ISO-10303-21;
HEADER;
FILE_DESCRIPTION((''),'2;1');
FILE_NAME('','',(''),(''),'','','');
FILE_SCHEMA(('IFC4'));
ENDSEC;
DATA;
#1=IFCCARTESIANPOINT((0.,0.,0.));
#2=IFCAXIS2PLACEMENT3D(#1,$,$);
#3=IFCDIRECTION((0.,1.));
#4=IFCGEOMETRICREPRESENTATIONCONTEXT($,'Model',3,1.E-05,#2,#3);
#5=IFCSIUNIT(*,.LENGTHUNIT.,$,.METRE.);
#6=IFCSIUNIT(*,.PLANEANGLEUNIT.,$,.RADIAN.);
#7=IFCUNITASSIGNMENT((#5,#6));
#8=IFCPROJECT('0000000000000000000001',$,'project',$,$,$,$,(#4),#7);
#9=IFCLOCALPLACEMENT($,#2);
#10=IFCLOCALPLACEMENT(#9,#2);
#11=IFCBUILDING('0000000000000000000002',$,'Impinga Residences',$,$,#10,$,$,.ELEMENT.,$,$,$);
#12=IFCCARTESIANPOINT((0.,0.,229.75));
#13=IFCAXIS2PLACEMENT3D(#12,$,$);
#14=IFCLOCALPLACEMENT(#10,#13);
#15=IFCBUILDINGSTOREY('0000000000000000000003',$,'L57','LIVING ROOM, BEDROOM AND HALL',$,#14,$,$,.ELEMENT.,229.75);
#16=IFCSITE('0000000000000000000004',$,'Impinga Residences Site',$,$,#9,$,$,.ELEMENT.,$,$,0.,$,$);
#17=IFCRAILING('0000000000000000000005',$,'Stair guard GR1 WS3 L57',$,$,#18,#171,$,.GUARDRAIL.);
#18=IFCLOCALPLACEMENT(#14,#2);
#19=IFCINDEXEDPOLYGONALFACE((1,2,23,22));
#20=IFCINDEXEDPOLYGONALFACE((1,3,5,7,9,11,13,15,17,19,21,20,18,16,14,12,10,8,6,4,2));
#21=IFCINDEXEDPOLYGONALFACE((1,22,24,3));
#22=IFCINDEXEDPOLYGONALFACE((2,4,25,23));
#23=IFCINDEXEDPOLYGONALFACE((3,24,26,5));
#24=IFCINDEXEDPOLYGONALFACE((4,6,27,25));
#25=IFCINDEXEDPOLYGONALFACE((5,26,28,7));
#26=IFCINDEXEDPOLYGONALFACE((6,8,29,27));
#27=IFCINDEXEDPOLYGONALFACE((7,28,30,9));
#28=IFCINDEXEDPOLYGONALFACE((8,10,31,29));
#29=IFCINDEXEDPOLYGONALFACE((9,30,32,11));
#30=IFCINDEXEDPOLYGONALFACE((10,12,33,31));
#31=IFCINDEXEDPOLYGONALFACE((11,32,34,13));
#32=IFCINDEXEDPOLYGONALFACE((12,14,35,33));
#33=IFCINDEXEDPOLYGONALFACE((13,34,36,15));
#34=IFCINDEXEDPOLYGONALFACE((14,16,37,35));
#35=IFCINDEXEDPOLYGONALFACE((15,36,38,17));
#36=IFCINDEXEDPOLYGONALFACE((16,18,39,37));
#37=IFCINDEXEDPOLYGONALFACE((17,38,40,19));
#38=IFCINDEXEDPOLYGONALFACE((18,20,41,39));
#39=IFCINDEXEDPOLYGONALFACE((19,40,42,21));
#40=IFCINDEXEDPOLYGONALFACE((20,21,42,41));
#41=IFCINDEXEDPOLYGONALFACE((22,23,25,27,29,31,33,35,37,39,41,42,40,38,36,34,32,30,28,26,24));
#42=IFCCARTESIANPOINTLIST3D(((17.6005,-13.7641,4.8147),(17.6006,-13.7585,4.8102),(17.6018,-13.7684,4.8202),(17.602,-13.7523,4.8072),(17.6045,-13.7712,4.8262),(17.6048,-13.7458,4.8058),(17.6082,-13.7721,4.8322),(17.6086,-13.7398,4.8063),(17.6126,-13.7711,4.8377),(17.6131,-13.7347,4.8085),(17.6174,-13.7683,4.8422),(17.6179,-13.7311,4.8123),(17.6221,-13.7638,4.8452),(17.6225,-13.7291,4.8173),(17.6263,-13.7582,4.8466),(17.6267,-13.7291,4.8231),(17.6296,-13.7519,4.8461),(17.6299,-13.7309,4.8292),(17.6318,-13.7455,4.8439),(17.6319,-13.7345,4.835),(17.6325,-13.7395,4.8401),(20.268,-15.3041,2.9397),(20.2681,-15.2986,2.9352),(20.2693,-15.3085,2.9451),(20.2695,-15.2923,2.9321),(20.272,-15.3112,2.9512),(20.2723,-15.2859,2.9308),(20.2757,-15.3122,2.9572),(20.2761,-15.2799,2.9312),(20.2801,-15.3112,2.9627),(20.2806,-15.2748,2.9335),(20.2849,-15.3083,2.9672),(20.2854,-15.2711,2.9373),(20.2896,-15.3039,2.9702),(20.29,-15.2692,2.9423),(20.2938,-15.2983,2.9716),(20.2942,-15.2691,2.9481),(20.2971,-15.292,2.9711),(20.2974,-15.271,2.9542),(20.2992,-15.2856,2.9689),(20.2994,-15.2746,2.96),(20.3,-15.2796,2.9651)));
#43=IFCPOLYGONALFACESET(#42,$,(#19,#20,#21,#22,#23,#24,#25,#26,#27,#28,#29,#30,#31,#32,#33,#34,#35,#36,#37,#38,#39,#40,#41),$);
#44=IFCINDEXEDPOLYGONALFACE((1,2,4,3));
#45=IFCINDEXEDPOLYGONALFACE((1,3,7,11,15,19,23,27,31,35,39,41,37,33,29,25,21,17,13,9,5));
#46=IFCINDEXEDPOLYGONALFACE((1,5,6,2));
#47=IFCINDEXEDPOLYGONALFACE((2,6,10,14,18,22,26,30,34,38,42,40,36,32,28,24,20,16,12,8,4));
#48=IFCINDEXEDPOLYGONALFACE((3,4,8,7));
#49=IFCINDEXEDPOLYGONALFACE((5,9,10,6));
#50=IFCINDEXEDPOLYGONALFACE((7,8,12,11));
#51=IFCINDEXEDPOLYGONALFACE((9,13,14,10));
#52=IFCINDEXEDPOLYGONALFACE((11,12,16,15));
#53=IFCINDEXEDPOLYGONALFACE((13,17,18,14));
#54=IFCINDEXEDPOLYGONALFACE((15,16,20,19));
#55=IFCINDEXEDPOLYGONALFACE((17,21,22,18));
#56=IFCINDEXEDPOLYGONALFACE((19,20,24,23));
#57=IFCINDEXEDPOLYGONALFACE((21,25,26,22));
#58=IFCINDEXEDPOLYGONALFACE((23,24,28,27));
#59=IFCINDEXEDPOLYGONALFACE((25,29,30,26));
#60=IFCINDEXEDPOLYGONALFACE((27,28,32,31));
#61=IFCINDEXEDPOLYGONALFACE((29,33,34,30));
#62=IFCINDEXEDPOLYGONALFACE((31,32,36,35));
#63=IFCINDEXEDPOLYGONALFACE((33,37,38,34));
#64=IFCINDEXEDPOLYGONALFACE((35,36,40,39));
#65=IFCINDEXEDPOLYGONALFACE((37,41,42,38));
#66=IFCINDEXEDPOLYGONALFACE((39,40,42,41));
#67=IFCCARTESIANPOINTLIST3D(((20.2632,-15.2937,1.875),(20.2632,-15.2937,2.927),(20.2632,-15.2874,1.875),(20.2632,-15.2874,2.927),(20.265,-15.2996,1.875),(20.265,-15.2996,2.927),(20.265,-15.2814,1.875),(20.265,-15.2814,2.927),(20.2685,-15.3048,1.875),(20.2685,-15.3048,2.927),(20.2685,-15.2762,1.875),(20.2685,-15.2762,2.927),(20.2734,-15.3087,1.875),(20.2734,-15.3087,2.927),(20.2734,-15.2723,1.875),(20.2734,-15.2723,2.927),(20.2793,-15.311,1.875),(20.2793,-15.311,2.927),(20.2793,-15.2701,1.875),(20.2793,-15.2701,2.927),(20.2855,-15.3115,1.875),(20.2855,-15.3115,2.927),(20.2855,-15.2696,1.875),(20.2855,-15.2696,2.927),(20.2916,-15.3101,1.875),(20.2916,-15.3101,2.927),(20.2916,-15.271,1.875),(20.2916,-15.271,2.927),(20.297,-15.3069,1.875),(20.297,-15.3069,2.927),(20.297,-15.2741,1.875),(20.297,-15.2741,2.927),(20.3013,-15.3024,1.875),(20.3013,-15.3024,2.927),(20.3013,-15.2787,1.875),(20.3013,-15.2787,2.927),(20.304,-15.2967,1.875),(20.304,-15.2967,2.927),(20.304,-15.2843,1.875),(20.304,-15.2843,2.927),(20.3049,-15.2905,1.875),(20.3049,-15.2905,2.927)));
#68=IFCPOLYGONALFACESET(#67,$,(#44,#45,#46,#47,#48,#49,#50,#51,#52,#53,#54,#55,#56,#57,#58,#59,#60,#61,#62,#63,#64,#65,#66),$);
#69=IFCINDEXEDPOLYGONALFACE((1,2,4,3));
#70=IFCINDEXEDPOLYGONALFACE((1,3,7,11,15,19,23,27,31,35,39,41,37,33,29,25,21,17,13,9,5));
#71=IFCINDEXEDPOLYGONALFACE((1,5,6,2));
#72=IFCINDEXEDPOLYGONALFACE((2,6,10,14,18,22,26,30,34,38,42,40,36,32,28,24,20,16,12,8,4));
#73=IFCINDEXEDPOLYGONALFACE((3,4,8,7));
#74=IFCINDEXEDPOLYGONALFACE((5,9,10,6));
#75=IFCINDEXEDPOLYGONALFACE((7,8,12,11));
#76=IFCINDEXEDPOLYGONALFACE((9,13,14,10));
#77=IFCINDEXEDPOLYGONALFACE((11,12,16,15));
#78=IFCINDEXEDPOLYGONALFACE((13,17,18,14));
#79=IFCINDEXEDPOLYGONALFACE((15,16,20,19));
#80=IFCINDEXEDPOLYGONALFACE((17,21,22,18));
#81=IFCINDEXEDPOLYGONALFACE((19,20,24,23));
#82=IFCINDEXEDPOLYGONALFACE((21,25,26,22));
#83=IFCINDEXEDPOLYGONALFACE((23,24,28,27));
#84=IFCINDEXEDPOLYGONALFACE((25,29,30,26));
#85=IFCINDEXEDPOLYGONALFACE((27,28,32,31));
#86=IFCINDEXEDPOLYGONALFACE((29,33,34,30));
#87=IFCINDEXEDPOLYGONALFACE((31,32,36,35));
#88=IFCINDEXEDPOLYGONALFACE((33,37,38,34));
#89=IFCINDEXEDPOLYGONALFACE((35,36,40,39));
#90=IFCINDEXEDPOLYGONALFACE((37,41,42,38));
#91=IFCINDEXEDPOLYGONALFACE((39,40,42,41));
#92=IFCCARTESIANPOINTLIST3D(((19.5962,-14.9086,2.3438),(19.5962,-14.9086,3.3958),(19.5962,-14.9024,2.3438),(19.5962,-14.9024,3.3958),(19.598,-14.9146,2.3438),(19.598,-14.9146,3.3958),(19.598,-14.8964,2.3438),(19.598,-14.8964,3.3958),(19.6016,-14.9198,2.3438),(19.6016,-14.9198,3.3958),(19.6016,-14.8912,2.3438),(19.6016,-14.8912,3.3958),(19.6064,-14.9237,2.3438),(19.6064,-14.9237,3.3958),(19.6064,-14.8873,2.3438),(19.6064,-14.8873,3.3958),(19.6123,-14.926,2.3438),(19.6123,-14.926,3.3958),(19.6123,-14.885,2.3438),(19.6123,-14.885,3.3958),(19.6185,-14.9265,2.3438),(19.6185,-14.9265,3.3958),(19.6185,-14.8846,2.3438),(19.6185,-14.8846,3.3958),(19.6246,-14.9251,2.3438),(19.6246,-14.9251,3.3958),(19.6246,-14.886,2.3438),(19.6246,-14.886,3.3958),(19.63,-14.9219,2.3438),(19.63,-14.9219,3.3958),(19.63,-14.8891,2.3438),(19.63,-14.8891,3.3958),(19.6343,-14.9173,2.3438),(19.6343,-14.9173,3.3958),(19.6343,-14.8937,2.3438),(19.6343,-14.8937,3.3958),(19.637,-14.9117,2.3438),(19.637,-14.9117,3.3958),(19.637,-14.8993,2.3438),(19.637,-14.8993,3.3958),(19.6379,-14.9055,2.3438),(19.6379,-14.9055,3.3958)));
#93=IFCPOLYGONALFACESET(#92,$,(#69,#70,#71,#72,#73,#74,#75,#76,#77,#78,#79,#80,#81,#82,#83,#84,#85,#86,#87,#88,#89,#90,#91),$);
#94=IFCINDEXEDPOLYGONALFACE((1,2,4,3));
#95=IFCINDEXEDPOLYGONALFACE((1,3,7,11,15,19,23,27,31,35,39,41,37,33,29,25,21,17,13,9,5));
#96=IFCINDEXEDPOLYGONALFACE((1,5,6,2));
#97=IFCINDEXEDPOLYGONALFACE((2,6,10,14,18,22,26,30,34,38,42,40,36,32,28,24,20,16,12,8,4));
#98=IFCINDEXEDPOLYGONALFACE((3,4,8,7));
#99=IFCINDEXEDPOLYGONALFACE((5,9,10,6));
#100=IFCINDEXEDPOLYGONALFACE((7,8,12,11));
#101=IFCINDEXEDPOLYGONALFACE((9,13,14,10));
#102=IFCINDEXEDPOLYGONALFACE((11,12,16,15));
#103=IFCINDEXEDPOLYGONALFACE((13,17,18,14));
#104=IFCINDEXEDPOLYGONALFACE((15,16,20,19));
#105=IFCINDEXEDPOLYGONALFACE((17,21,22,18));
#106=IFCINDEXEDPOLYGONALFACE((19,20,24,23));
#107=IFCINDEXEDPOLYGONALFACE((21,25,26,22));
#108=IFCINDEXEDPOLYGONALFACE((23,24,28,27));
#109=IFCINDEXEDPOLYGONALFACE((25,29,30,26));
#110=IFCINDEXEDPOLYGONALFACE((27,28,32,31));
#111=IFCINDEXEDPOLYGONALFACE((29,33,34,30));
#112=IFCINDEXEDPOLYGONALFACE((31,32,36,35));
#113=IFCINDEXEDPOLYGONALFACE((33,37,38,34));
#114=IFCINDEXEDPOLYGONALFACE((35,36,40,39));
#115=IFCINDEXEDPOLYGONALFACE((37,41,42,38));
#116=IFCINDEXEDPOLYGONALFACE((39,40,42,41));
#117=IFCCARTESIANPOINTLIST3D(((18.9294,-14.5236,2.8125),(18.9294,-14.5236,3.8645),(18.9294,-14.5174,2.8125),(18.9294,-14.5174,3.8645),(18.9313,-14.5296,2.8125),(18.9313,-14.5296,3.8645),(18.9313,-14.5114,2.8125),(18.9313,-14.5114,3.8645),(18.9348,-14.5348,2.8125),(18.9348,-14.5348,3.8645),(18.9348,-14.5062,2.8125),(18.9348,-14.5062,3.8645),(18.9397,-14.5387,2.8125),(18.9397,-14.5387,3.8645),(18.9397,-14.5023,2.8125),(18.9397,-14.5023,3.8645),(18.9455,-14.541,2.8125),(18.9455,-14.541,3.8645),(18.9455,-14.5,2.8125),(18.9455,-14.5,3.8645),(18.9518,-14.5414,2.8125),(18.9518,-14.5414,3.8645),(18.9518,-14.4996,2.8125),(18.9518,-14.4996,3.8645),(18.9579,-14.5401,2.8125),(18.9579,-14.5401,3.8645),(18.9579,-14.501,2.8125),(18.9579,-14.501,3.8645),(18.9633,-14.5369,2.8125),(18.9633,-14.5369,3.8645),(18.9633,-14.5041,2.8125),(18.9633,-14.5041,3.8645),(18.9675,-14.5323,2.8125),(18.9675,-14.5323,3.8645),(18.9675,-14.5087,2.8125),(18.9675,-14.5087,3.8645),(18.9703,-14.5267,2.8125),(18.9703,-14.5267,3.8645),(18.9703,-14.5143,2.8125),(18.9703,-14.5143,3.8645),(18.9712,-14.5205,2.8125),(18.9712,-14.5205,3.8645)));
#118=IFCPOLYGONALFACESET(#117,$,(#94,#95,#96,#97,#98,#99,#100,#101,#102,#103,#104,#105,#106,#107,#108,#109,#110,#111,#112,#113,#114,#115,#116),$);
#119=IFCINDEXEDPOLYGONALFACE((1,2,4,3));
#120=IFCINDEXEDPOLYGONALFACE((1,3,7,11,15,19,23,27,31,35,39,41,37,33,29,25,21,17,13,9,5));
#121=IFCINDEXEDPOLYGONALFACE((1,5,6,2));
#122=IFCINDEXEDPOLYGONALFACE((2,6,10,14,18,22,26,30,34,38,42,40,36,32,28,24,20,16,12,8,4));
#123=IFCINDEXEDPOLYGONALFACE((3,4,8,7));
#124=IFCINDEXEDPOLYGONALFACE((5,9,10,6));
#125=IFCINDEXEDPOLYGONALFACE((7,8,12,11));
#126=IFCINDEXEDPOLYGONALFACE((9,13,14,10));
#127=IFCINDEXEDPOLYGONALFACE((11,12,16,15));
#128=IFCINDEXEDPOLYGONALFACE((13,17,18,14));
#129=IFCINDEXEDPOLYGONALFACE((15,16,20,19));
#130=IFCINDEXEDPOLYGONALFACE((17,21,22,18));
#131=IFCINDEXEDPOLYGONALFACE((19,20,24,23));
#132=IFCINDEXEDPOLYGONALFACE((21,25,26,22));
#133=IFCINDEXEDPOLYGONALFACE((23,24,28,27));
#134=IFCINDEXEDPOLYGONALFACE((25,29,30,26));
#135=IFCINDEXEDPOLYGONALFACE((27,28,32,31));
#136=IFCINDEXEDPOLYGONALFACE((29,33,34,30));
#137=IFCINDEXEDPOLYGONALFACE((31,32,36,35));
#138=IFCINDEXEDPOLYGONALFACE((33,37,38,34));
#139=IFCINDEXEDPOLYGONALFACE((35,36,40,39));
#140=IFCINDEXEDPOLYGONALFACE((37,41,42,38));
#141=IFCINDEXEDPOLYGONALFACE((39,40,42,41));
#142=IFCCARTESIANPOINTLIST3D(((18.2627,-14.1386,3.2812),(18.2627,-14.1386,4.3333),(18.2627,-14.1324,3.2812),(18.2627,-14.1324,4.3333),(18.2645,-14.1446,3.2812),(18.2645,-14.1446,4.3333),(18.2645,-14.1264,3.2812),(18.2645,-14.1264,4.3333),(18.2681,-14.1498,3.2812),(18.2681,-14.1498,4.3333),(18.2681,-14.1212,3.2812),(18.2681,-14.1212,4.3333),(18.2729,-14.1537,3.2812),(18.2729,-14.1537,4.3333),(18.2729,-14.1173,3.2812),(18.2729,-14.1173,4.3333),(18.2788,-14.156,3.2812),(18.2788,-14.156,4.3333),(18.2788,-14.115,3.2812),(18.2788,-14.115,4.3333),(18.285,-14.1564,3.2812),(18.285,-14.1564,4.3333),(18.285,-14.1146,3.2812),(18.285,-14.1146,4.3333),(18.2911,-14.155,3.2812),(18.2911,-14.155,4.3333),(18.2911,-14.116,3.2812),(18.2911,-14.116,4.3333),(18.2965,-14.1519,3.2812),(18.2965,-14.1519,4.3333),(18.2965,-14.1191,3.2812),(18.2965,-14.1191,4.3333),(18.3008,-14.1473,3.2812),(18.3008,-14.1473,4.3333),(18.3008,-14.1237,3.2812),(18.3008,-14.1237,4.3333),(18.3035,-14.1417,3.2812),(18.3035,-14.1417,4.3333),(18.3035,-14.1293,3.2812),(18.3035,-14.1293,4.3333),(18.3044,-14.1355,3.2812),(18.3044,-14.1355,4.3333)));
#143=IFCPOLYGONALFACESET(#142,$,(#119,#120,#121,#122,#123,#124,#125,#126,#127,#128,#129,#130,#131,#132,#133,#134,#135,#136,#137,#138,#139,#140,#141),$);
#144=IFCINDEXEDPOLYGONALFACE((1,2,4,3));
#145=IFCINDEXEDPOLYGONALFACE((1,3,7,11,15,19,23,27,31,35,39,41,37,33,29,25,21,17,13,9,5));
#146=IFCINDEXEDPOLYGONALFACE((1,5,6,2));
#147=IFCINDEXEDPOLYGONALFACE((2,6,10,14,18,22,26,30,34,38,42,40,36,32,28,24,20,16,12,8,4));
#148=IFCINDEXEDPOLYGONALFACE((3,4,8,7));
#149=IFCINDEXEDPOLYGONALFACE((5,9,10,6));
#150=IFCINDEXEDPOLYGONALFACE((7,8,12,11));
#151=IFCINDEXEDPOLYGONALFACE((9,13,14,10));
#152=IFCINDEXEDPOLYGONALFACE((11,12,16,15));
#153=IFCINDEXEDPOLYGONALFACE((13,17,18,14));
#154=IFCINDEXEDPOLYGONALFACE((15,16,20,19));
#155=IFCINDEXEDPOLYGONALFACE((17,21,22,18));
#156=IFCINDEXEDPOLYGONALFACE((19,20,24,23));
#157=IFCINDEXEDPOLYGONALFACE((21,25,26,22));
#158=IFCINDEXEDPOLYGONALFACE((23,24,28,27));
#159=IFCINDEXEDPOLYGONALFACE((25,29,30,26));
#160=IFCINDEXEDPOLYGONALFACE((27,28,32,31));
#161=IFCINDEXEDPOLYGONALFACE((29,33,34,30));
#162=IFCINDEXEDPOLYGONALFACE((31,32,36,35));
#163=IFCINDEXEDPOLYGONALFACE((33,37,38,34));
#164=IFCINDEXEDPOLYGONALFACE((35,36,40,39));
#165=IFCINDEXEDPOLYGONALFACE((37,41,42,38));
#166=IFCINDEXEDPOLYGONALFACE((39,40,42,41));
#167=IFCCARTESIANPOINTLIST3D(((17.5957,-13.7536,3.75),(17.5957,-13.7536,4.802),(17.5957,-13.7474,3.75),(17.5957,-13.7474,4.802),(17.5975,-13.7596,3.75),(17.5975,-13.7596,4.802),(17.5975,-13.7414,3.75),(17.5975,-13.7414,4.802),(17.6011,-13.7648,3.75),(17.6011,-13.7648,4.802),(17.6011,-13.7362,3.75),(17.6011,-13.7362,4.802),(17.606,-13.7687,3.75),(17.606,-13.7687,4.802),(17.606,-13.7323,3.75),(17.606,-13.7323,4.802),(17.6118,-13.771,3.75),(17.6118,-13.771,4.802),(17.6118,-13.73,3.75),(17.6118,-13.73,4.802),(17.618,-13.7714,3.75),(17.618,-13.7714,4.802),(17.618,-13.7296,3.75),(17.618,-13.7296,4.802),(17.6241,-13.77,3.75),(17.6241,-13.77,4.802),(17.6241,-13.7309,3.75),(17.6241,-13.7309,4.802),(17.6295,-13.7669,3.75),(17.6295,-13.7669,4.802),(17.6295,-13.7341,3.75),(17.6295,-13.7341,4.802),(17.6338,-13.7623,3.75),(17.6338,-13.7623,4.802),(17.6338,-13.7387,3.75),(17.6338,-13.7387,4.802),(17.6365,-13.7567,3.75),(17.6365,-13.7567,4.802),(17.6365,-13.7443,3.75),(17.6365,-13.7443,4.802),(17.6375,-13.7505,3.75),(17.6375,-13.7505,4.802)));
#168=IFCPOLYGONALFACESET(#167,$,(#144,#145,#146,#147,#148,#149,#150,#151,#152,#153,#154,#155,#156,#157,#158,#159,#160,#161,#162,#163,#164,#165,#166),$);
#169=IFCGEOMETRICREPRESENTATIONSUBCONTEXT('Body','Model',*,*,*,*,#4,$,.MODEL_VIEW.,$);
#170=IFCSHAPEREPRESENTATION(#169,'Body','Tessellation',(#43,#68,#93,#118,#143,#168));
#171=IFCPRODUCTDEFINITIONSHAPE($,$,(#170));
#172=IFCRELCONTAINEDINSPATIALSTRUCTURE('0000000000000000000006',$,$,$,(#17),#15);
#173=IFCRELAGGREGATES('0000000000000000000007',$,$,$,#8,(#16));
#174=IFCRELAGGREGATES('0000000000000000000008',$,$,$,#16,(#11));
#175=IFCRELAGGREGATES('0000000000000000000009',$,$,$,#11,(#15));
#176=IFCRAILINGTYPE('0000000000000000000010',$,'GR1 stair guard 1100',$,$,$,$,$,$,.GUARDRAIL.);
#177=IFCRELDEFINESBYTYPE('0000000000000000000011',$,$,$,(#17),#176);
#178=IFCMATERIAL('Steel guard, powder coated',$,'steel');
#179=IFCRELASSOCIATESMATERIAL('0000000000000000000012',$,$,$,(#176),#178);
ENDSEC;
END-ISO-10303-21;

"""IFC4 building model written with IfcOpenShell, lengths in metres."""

from ifc_helpers import new_model, si_unit, direction, frame, origin, origin_2d, place, context, subcontext, project, spatial, circle, extrude, material, type_object, element, save


model = new_model("IFC4")

# Units and contexts
model_context = context("Model", 3, precision=1e-05, world=origin(), true_north=direction((0.0, 1.0)))
body_context = subcontext(model_context, "Body", "Model", "MODEL_VIEW")
ifc_project = project(units=[si_unit("LENGTHUNIT", "METRE"), si_unit("PLANEANGLEUNIT", "RADIAN")], contexts=[model_context])

# Site, building, storey
site_placement = place(None, origin())
site = spatial("IfcSite", under=ifc_project, at=site_placement, Name="Impinga Residences Site", CompositionType="ELEMENT", RefElevation=0.0)
building_placement = place(site_placement, origin())
building = spatial("IfcBuilding", under=site, at=building_placement, Name="Impinga Residences", CompositionType="ELEMENT")
storey_placement = place(building_placement, frame((0.0, 0.0, 229.75)))
storey = spatial("IfcBuildingStorey", under=building, at=storey_placement, Name="L57", Description="LIVING ROOM, BEDROOM AND HALL", CompositionType="ELEMENT", Elevation=229.75)

# Railing
ifc_material_1 = material(Name="Steel guard, powder coated", Category="steel")
railing_type_1 = type_object("IfcRailingType", Name="GR1 stair guard 1100", PredefinedType="GUARDRAIL", material=ifc_material_1)
railing_1_placement = place(storey_placement, frame((20.2839, -15.2905, 1.875)))
element("IfcRailing", 1, at=railing_1_placement, inside=storey, type_object=railing_type_1, Name="Stair guard GR1 WS3 L57", PredefinedType="GUARDRAIL", context=body_context, shape_type="SweptSolid", body=[
    extrude(circle(Radius=0.0239, at=origin_2d()), frame((0.0, 0.0, 1.0762), z_axis=(-0.739746, 0.427084, 0.519975), x_axis=(-0.499992, -0.86603, 0.0)), (0.0, 0.0, 1.0), 3.606),
    extrude(circle(Radius=0.021, at=origin_2d()), origin(), (0.0, 0.0, 1.0), 1.052),
    extrude(circle(Radius=0.021, at=origin_2d()), frame((-0.667, 0.385, 0.4688)), (0.0, 0.0, 1.0), 1.052),
    extrude(circle(Radius=0.021, at=origin_2d()), frame((-1.3337, 0.77, 0.9375)), (0.0, 0.0, 1.0), 1.052),
    extrude(circle(Radius=0.021, at=origin_2d()), frame((-2.0005, 1.155, 1.4062)), (0.0, 0.0, 1.0), 1.052),
    extrude(circle(Radius=0.021, at=origin_2d()), frame((-2.6675, 1.54, 1.875)), (0.0, 0.0, 1.0), 1.052),
])

save(model, "model.ifc")
